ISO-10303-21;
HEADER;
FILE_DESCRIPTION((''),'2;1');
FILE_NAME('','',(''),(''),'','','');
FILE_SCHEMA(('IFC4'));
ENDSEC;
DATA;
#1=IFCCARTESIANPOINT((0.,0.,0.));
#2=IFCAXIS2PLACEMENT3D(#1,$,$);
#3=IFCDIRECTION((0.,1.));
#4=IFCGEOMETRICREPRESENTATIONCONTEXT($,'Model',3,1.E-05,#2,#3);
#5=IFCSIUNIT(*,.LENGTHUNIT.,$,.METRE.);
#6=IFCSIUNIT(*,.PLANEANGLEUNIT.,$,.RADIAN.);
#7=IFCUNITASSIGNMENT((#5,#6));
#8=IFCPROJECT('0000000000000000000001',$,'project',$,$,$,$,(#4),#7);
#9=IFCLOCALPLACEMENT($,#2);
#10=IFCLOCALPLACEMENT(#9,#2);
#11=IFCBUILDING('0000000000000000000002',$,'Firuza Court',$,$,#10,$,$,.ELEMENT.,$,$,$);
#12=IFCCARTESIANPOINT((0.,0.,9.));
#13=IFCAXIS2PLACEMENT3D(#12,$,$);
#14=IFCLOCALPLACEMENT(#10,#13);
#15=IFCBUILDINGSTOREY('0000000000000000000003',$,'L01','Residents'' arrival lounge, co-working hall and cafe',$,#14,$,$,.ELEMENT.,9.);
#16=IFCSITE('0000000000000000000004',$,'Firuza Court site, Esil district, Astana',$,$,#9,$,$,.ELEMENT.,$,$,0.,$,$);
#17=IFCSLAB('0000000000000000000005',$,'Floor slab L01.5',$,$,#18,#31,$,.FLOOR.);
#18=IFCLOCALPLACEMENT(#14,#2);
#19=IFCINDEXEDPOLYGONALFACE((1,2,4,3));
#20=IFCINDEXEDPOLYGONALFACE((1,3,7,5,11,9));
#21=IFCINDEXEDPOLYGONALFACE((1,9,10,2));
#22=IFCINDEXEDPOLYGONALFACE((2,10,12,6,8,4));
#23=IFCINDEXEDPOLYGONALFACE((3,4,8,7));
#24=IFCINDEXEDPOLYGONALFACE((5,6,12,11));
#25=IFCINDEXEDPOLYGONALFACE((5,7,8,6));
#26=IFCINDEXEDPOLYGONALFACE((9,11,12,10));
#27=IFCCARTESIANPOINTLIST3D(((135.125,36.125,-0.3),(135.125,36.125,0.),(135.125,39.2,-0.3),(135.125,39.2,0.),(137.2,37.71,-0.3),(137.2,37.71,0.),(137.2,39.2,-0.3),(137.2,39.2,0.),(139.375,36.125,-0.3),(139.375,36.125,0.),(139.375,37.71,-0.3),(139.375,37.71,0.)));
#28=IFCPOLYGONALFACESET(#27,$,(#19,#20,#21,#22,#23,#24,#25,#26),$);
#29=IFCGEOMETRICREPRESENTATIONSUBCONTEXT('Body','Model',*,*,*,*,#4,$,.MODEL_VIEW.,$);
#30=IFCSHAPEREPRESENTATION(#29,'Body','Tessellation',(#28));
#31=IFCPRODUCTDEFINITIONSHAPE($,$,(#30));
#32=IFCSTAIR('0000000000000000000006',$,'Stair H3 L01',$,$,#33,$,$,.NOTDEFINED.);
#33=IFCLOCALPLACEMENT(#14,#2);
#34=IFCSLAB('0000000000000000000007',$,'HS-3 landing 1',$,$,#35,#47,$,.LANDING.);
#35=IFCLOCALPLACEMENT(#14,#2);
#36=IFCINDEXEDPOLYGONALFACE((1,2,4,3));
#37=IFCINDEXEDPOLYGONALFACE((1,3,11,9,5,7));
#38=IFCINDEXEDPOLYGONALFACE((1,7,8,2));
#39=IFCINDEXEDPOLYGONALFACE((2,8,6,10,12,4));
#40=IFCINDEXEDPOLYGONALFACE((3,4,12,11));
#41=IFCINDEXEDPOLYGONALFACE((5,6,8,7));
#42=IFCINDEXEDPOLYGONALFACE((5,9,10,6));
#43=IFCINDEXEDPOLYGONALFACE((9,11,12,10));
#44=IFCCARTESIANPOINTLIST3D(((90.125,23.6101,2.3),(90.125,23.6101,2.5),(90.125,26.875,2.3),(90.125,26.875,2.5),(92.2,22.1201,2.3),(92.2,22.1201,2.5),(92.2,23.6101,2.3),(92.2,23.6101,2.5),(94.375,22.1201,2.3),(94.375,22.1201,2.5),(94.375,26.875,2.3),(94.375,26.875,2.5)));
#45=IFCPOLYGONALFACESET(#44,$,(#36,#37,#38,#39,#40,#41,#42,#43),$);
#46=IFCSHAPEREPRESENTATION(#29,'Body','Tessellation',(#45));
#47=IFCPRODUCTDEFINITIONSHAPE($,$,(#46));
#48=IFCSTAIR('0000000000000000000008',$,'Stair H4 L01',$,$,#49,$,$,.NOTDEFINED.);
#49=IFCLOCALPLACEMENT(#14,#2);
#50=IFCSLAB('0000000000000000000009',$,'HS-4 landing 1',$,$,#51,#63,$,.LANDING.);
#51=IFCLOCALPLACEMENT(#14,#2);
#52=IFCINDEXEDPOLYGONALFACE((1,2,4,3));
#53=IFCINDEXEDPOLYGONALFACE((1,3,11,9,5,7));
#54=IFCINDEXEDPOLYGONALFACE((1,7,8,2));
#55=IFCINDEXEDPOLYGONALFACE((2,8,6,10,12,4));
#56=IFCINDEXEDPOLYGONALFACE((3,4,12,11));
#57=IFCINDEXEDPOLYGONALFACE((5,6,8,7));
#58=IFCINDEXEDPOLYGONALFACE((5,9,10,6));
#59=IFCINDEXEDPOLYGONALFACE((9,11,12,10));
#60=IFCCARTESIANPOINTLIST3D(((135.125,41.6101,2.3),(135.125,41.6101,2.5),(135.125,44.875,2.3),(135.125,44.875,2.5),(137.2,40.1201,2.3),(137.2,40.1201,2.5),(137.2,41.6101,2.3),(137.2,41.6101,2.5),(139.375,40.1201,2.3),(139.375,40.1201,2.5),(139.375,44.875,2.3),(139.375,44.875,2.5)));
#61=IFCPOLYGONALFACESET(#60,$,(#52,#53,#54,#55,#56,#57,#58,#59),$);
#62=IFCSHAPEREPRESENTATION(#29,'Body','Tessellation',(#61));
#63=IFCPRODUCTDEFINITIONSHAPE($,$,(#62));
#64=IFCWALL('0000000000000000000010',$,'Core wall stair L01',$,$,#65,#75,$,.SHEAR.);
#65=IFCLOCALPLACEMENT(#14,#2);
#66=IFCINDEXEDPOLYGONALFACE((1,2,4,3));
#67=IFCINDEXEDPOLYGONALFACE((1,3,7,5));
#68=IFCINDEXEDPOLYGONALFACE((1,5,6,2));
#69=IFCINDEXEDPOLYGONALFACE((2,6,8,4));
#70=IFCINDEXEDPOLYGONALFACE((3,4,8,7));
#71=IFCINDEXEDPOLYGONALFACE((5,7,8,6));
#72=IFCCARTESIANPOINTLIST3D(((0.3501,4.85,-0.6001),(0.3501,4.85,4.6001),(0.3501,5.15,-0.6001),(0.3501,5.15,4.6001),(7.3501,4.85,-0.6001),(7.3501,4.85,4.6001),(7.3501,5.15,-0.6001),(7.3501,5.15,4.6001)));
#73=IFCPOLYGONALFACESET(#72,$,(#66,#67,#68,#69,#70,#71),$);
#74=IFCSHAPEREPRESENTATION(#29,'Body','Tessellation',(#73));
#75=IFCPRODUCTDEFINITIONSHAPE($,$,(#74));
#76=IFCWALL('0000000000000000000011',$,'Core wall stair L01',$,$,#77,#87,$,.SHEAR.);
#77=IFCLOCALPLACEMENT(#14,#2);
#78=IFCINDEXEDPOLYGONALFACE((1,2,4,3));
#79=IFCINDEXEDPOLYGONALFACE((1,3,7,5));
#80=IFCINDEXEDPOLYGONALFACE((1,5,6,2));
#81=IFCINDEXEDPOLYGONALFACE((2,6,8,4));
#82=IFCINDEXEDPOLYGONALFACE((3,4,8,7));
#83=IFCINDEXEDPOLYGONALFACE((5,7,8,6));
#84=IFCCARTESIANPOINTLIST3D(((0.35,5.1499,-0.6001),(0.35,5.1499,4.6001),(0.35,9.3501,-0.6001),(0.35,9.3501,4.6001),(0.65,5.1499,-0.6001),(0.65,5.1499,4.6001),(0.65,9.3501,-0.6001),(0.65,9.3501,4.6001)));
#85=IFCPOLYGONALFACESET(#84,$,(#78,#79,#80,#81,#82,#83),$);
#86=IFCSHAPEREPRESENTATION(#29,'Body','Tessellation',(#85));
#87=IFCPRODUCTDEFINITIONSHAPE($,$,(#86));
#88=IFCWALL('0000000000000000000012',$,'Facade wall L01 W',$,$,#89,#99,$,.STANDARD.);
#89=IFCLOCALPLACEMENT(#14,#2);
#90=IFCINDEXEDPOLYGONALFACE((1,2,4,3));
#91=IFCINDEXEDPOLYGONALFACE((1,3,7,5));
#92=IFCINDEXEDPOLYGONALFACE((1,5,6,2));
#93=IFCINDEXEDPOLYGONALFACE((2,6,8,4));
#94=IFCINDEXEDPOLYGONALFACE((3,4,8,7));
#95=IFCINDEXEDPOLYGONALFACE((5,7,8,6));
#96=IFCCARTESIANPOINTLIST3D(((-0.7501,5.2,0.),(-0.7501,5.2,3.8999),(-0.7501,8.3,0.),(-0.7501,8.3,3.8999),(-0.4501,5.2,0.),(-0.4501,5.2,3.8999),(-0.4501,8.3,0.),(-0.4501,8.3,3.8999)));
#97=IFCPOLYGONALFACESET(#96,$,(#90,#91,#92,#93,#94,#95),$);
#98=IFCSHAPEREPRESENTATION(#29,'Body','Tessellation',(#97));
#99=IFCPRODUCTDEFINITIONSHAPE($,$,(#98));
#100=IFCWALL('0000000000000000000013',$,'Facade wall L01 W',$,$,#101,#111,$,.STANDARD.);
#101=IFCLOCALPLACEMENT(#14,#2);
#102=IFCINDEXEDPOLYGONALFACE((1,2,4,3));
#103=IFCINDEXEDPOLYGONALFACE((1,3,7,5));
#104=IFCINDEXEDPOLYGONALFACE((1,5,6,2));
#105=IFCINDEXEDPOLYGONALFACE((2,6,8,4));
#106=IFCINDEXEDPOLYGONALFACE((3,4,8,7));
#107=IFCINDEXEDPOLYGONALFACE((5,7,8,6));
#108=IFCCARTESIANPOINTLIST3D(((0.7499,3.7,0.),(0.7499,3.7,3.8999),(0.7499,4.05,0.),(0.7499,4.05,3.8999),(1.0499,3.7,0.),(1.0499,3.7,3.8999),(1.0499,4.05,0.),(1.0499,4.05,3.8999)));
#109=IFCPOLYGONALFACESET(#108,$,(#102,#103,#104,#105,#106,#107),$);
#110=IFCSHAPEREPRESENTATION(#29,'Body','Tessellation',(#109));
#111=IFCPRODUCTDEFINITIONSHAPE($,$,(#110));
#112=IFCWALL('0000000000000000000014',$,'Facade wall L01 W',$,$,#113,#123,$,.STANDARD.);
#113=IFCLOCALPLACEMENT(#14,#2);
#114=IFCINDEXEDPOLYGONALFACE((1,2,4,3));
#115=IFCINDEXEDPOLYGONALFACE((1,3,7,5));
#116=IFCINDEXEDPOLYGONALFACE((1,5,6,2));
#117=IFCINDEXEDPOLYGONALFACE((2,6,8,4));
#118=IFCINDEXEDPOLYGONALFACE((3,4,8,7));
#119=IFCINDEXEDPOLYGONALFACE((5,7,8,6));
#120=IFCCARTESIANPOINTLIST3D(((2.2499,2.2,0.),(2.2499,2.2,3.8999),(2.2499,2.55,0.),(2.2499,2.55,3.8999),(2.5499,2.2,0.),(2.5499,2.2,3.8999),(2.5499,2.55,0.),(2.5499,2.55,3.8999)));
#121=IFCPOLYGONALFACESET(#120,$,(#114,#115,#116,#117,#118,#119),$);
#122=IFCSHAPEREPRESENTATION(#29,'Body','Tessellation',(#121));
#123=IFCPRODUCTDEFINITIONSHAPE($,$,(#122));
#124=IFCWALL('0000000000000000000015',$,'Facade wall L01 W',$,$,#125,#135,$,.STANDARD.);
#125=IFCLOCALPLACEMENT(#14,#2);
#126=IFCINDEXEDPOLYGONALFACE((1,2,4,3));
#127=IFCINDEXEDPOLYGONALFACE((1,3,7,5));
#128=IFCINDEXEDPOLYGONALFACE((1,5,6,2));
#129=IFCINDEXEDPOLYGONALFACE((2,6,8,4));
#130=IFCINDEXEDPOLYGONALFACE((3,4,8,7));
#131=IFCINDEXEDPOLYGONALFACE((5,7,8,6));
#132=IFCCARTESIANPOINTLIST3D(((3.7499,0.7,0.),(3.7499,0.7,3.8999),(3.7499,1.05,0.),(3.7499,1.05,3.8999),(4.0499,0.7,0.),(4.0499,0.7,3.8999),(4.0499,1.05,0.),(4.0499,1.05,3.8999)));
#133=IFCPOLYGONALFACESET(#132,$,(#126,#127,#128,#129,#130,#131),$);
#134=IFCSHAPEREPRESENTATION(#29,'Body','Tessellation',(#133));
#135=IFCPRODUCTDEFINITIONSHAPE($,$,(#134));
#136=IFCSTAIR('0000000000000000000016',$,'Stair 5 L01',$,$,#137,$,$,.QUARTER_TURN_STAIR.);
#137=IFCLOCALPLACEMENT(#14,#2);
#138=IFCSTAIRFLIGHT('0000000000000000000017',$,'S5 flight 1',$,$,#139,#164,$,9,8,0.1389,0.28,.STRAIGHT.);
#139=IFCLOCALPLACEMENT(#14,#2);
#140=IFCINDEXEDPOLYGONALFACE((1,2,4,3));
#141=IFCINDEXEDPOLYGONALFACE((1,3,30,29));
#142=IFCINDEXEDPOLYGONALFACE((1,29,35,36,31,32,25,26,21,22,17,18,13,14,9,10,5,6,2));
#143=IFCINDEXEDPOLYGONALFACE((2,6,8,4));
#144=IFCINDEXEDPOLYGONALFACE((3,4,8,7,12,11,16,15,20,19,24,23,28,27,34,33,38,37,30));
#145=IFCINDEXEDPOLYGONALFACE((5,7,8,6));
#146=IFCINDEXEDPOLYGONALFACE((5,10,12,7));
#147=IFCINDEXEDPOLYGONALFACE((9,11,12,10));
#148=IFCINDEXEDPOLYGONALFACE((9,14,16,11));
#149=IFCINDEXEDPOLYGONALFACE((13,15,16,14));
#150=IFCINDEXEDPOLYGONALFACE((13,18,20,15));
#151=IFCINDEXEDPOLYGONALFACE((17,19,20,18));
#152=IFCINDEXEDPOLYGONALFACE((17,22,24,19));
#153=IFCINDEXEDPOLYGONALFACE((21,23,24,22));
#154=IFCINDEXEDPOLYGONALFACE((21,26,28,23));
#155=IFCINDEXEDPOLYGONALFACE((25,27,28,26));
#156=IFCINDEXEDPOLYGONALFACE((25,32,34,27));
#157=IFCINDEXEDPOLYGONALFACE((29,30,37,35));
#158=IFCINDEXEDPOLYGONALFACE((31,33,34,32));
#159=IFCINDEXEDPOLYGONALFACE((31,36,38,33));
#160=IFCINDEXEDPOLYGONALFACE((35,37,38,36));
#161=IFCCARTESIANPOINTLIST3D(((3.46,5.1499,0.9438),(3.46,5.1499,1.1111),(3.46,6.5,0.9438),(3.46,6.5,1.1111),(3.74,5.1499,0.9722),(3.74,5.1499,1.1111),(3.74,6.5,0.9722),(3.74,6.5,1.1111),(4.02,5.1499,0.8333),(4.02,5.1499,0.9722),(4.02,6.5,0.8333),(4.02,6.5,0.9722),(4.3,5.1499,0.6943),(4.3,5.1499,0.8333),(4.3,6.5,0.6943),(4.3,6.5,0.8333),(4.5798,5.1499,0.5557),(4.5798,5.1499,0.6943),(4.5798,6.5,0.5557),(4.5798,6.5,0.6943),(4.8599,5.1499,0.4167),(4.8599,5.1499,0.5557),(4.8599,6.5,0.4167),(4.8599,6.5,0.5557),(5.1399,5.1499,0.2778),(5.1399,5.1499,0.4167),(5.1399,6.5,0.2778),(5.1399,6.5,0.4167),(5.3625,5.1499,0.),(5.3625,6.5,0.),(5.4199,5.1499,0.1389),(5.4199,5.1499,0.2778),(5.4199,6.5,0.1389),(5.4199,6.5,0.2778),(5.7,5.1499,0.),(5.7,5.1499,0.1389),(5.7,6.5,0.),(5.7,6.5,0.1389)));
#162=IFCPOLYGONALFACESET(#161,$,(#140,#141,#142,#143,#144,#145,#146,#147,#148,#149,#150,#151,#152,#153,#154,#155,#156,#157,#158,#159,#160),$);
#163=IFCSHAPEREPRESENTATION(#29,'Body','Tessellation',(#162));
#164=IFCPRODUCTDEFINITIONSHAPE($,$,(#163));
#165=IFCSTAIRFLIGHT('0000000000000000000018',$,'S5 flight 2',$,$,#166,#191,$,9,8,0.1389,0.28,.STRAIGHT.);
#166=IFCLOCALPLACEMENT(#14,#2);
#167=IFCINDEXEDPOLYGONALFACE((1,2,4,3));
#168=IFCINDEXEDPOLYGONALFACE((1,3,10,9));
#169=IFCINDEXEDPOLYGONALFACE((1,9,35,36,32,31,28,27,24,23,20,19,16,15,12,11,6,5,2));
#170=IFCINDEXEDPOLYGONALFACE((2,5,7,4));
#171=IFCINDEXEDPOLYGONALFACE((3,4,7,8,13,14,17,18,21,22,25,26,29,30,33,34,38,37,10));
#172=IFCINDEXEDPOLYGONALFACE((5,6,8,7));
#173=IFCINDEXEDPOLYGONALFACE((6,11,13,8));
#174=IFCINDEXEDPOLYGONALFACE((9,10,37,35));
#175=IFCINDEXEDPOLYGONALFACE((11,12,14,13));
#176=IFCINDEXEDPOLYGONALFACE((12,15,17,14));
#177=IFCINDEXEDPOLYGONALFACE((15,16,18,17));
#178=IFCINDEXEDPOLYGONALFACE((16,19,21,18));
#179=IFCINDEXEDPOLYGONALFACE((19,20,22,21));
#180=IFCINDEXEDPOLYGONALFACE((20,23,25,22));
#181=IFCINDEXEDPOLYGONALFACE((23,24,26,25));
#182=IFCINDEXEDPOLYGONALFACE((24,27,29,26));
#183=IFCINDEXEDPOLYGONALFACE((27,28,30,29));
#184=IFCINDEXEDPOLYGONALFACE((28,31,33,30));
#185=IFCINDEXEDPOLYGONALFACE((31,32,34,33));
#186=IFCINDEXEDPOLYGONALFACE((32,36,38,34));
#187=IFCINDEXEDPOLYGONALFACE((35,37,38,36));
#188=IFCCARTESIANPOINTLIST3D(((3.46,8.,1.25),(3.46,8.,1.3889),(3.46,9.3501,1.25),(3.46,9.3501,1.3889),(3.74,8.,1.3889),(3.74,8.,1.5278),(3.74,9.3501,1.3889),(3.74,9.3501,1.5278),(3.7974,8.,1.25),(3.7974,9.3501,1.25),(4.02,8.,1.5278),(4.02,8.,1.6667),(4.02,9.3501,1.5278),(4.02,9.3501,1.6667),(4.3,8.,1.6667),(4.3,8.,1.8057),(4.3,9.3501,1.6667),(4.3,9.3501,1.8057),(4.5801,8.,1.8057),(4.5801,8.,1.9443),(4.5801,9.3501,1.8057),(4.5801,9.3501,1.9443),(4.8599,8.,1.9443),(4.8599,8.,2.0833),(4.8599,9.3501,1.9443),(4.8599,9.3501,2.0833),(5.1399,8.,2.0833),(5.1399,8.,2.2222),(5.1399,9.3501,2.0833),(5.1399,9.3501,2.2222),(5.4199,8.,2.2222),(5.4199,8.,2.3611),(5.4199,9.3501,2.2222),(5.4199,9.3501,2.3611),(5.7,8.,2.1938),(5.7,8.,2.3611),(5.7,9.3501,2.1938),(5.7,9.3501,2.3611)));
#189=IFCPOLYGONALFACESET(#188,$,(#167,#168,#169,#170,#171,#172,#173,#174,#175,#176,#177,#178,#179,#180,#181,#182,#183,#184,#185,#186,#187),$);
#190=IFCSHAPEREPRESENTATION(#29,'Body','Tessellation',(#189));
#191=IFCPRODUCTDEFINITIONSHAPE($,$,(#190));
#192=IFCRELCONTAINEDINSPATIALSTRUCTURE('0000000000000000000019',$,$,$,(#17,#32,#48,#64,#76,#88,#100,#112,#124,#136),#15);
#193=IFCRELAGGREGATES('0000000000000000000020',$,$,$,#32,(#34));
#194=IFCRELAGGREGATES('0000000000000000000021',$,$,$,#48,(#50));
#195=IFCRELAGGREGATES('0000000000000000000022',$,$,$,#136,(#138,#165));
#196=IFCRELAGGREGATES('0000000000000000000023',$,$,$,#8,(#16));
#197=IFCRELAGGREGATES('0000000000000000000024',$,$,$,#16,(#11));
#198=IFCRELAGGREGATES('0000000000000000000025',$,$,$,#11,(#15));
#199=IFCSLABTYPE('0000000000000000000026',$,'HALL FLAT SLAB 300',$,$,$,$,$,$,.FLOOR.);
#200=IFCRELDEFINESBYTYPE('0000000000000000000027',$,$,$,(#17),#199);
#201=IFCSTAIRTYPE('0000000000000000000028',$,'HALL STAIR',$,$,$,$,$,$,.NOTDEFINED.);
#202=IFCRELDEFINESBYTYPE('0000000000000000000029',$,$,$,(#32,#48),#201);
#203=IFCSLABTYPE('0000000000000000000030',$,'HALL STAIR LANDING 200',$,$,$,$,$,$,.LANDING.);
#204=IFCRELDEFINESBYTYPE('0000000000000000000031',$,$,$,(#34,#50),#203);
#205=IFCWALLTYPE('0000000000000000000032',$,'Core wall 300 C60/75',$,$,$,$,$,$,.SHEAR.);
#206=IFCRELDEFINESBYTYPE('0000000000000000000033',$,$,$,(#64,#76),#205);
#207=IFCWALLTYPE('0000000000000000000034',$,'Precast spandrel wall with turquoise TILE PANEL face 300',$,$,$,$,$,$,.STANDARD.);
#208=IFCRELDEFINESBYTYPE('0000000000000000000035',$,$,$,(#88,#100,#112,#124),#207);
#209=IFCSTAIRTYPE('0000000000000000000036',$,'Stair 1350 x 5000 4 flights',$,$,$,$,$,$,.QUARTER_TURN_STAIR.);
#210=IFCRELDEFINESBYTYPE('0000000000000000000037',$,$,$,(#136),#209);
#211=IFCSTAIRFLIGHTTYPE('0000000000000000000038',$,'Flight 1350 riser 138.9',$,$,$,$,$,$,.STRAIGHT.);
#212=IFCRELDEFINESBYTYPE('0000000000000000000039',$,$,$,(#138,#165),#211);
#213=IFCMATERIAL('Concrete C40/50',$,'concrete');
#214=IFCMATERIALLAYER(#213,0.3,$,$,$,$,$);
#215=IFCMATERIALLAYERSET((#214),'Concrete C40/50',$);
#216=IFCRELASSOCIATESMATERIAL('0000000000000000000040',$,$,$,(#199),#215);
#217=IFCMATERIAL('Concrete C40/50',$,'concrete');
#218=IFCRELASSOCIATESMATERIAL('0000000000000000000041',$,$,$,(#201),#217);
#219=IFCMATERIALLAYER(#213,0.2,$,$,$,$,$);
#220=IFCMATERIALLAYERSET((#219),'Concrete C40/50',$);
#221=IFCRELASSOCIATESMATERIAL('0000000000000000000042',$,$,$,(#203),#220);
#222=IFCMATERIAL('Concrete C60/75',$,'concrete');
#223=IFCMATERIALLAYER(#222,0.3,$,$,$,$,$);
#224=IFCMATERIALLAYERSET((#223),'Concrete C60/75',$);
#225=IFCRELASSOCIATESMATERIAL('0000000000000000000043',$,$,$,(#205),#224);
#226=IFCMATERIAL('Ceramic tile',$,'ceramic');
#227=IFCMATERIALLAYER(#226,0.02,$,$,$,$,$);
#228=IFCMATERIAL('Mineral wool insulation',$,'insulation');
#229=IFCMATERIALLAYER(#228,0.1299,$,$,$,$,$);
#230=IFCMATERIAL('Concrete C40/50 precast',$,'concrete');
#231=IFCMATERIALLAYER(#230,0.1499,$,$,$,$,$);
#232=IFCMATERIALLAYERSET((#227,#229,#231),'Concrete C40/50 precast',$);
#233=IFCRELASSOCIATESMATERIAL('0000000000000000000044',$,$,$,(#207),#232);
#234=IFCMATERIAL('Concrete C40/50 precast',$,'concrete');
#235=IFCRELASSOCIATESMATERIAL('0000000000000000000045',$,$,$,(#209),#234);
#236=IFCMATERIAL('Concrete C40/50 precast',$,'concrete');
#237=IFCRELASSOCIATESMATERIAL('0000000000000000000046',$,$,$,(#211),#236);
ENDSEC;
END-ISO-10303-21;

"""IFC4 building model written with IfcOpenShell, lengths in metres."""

from ifc_helpers import new_model, si_unit, direction, frame, frame_2d, origin, place, context, subcontext, project, spatial, polyline, rectangle, outline, extrude, material, layer, layer_set, type_object, element, aggregate, save


model = new_model("IFC4")

# Units and contexts
model_context = context("Model", 3, precision=1e-05, world=origin(), true_north=direction((0.0, 1.0)))
body_context = subcontext(model_context, "Body", "Model", "MODEL_VIEW")
ifc_project = project(units=[si_unit("LENGTHUNIT", "METRE"), si_unit("PLANEANGLEUNIT", "RADIAN")], contexts=[model_context])

# Site, building, storey
site_placement = place(None, origin())
site = spatial("IfcSite", under=ifc_project, at=site_placement, Name="Firuza Court site, Esil district, Astana", CompositionType="ELEMENT", RefElevation=0.0)
building_placement = place(site_placement, origin())
building = spatial("IfcBuilding", under=site, at=building_placement, Name="Firuza Court", CompositionType="ELEMENT")
storey_placement = place(building_placement, frame((0.0, 0.0, 9.0)))
storey = spatial("IfcBuildingStorey", under=building, at=storey_placement, Name="L01", Description="Residents' arrival lounge, co-working hall and cafe", CompositionType="ELEMENT", Elevation=9.0)

# Slab
ifc_material_1 = material(Name="Concrete C40/50", Category="concrete")
ifc_layer_1 = layer(ifc_material_1, 0.3)
ifc_layer_set_1 = layer_set([ifc_layer_1], Name="Concrete C40/50")
slab_type_1 = type_object("IfcSlabType", Name="HALL FLAT SLAB 300", PredefinedType="FLOOR", material=ifc_layer_set_1)
slab_1_placement = place(storey_placement, frame((0.0, 0.0, -0.3)))
element("IfcSlab", 1, at=slab_1_placement, inside=storey, type_object=slab_type_1, Name="Floor slab L01.5", PredefinedType="FLOOR", context=body_context, shape_type="SweptSolid", body=[
    extrude(outline(polyline([(135.125, 36.125), (135.125, 39.2), (137.2, 39.2), (137.2, 37.71), (139.375, 37.71), (139.375, 36.125), (135.125, 36.125)])), origin(), (0.0, 0.0, 1.0), 0.3),
])

# Stairs, slabs
ifc_material_2 = material(Name="Concrete C40/50", Category="concrete")
stair_type_1 = type_object("IfcStairType", Name="HALL STAIR", PredefinedType="NOTDEFINED", material=ifc_material_2)
stair_1_placement = place(storey_placement, origin())
stair_1 = element("IfcStair", 2, at=stair_1_placement, inside=storey, type_object=stair_type_1, Name="Stair H3 L01", PredefinedType="NOTDEFINED")
ifc_layer_2 = layer(ifc_material_1, 0.2)
ifc_layer_set_2 = layer_set([ifc_layer_2], Name="Concrete C40/50")
slab_type_2 = type_object("IfcSlabType", Name="HALL STAIR LANDING 200", PredefinedType="LANDING", material=ifc_layer_set_2)
slab_2_placement = place(storey_placement, frame((0.0, 0.0, 2.3)))
slab_2 = element("IfcSlab", 3, at=slab_2_placement, type_object=slab_type_2, Name="HS-3 landing 1", PredefinedType="LANDING", context=body_context, shape_type="SweptSolid", body=[
    extrude(outline(polyline([(90.125, 23.6101), (92.2, 23.6101), (92.2, 22.1201), (94.375, 22.1201), (94.375, 26.875), (90.125, 26.875), (90.125, 23.6101)])), origin(), (0.0, 0.0, 1.0), 0.2),
])
aggregate(stair_1, [slab_2])
stair_2_placement = place(storey_placement, origin())
stair_2 = element("IfcStair", 4, at=stair_2_placement, inside=storey, type_object=stair_type_1, Name="Stair H4 L01", PredefinedType="NOTDEFINED")
slab_3_placement = place(storey_placement, frame((0.0, 0.0, 2.3)))
slab_3 = element("IfcSlab", 5, at=slab_3_placement, type_object=slab_type_2, Name="HS-4 landing 1", PredefinedType="LANDING", context=body_context, shape_type="SweptSolid", body=[
    extrude(outline(polyline([(135.125, 41.6101), (137.2, 41.6101), (137.2, 40.1201), (139.375, 40.1201), (139.375, 44.875), (135.125, 44.875), (135.125, 41.6101)])), origin(), (0.0, 0.0, 1.0), 0.2),
])
aggregate(stair_2, [slab_3])

# Walls
ifc_material_3 = material(Name="Concrete C60/75", Category="concrete")
ifc_layer_3 = layer(ifc_material_3, 0.3)
ifc_layer_set_3 = layer_set([ifc_layer_3], Name="Concrete C60/75")
wall_type_1 = type_object("IfcWallType", Name="Core wall 300 C60/75", PredefinedType="SHEAR", material=ifc_layer_set_3)
wall_1_placement = place(storey_placement, frame((0.3501, 5.0, -0.6001), z_axis=(0.0, 0.0, 1.0), x_axis=(1.0, 0.0, 0.0)))
element("IfcWall", 6, at=wall_1_placement, inside=storey, type_object=wall_type_1, Name="Core wall stair L01", PredefinedType="SHEAR", context=body_context, shape_type="SweptSolid", body=[
    extrude(rectangle(XDim=7.0, YDim=0.3, at=frame_2d((3.5, 0.0))), origin(), (0.0, 0.0, 1.0), 5.2002),
])
wall_2_placement = place(storey_placement, frame((0.5, 5.1499, -0.6001), z_axis=(0.0, 0.0, 1.0), x_axis=(0.0, 1.0, 0.0)))
element("IfcWall", 7, at=wall_2_placement, inside=storey, type_object=wall_type_1, Name="Core wall stair L01", PredefinedType="SHEAR", context=body_context, shape_type="SweptSolid", body=[
    extrude(rectangle(XDim=4.2002, YDim=0.3, at=frame_2d((2.1001, 0.0))), origin(), (0.0, 0.0, 1.0), 5.2002),
])
ifc_material_4 = material(Name="Ceramic tile", Category="ceramic")
ifc_layer_4 = layer(ifc_material_4, 0.02)
ifc_material_5 = material(Name="Mineral wool insulation", Category="insulation")
ifc_layer_5 = layer(ifc_material_5, 0.1299)
ifc_material_6 = material(Name="Concrete C40/50 precast", Category="concrete")
ifc_layer_6 = layer(ifc_material_6, 0.1499)
ifc_layer_set_4 = layer_set([ifc_layer_4, ifc_layer_5, ifc_layer_6], Name="Concrete C40/50 precast")
wall_type_2 = type_object("IfcWallType", Name="Precast spandrel wall with turquoise TILE PANEL face 300", PredefinedType="STANDARD", material=ifc_layer_set_4)
wall_3_placement = place(storey_placement, frame((-0.6001, 8.3, 0.0), z_axis=(0.0, 0.0, 1.0), x_axis=(0.0, -1.0, 0.0)))
element("IfcWall", 8, at=wall_3_placement, inside=storey, type_object=wall_type_2, Name="Facade wall L01 W", PredefinedType="STANDARD", context=body_context, shape_type="SweptSolid", body=[
    extrude(rectangle(XDim=3.1001, YDim=0.3, at=frame_2d((1.55, 0.0))), origin(), (0.0, 0.0, 1.0), 3.8999),
])
for number, where, z_axis, x_axis, name in (
    (9, (0.8999, 4.05, 0.0), (0.0, 0.0, 1.0), (0.0, -1.0, 0.0), "Facade wall L01 W"),
    (10, (2.3999, 2.55, 0.0), (0.0, 0.0, 1.0), (0.0, -1.0, 0.0), "Facade wall L01 W"),
    (11, (3.8999, 1.05, 0.0), (0.0, 0.0, 1.0), (0.0, -1.0, 0.0), "Facade wall L01 W"),
):
    element("IfcWall", number, at=place(storey_placement, frame(where, z_axis=z_axis, x_axis=x_axis)), inside=storey, type_object=wall_type_2, Name=name, PredefinedType="STANDARD", context=body_context, shape_type="SweptSolid", body=[
        extrude(rectangle(XDim=0.3501, YDim=0.3, at=frame_2d((0.175, 0.0))), origin(), (0.0, 0.0, 1.0), 3.8999),
    ])

# Stair, stair flights
ifc_material_7 = material(Name="Concrete C40/50 precast", Category="concrete")
stair_type_2 = type_object("IfcStairType", Name="Stair 1350 x 5000 4 flights", PredefinedType="QUARTER_TURN_STAIR", material=ifc_material_7)
stair_3_placement = place(storey_placement, origin())
stair_3 = element("IfcStair", 12, at=stair_3_placement, inside=storey, type_object=stair_type_2, Name="Stair 5 L01", PredefinedType="QUARTER_TURN_STAIR")
ifc_material_8 = material(Name="Concrete C40/50 precast", Category="concrete")
stair_flight_type = type_object("IfcStairFlightType", Name="Flight 1350 riser 138.9", PredefinedType="STRAIGHT", material=ifc_material_8)
stair_flight_1_placement = place(storey_placement, frame((5.7, 5.825, 0.0), z_axis=(0.0, 0.0, 1.0), x_axis=(-1.0, 0.0, 0.0)))
stair_flight_1 = element("IfcStairFlight", 13, at=stair_flight_1_placement, type_object=stair_flight_type, Name="S5 flight 1", NumberOfRisers=9, NumberOfTreads=8, PredefinedType="STRAIGHT", RiserHeight=0.1389, TreadLength=0.28, context=body_context, shape_type="SweptSolid", body=[
    extrude(outline(polyline([(0.0, 0.0), (0.0, 0.1389), (0.28, 0.1389), (0.28, 0.2778), (0.5601, 0.2778), (0.5601, 0.4167), (0.8401, 0.4167), (0.8401, 0.5557), (1.1201, 0.5557), (1.1201, 0.6943), (1.3999, 0.6943), (1.3999, 0.8333), (1.6799, 0.8333), (1.6799, 0.9722), (1.96, 0.9722), (1.96, 1.1111), (2.24, 1.1111), (2.24, 1.25), (2.24, 0.9438), (0.3374, 0.0), (0.0, 0.0)])), frame((0.0, 0.675, 0.0), z_axis=(0.0, -1.0, 0.0), x_axis=(1.0, 0.0, 0.0)), (0.0, 0.0, 1.0), 1.3501),
])
stair_flight_2_placement = place(storey_placement, frame((3.46, 8.675, 1.25), z_axis=(0.0, 0.0, 1.0), x_axis=(1.0, 0.0, 0.0)))
stair_flight_2 = element("IfcStairFlight", 14, at=stair_flight_2_placement, type_object=stair_flight_type, Name="S5 flight 2", NumberOfRisers=9, NumberOfTreads=8, PredefinedType="STRAIGHT", RiserHeight=0.1389, TreadLength=0.28, context=body_context, shape_type="SweptSolid", body=[
    extrude(outline(polyline([(0.0, 0.0), (0.0, 0.1389), (0.28, 0.1389), (0.28, 0.2778), (0.5601, 0.2778), (0.5601, 0.4167), (0.8401, 0.4167), (0.8401, 0.5557), (1.1201, 0.5557), (1.1201, 0.6943), (1.3999, 0.6943), (1.3999, 0.8333), (1.6799, 0.8333), (1.6799, 0.9722), (1.96, 0.9722), (1.96, 1.1111), (2.24, 1.1111), (2.24, 1.25), (2.24, 0.9438), (0.3374, 0.0), (0.0, 0.0)])), frame((0.0, 0.675, 0.0), z_axis=(0.0, -1.0, 0.0), x_axis=(1.0, 0.0, 0.0)), (0.0, 0.0, 1.0), 1.3501),
])
aggregate(stair_3, [stair_flight_1, stair_flight_2])

save(model, "model.ifc")
